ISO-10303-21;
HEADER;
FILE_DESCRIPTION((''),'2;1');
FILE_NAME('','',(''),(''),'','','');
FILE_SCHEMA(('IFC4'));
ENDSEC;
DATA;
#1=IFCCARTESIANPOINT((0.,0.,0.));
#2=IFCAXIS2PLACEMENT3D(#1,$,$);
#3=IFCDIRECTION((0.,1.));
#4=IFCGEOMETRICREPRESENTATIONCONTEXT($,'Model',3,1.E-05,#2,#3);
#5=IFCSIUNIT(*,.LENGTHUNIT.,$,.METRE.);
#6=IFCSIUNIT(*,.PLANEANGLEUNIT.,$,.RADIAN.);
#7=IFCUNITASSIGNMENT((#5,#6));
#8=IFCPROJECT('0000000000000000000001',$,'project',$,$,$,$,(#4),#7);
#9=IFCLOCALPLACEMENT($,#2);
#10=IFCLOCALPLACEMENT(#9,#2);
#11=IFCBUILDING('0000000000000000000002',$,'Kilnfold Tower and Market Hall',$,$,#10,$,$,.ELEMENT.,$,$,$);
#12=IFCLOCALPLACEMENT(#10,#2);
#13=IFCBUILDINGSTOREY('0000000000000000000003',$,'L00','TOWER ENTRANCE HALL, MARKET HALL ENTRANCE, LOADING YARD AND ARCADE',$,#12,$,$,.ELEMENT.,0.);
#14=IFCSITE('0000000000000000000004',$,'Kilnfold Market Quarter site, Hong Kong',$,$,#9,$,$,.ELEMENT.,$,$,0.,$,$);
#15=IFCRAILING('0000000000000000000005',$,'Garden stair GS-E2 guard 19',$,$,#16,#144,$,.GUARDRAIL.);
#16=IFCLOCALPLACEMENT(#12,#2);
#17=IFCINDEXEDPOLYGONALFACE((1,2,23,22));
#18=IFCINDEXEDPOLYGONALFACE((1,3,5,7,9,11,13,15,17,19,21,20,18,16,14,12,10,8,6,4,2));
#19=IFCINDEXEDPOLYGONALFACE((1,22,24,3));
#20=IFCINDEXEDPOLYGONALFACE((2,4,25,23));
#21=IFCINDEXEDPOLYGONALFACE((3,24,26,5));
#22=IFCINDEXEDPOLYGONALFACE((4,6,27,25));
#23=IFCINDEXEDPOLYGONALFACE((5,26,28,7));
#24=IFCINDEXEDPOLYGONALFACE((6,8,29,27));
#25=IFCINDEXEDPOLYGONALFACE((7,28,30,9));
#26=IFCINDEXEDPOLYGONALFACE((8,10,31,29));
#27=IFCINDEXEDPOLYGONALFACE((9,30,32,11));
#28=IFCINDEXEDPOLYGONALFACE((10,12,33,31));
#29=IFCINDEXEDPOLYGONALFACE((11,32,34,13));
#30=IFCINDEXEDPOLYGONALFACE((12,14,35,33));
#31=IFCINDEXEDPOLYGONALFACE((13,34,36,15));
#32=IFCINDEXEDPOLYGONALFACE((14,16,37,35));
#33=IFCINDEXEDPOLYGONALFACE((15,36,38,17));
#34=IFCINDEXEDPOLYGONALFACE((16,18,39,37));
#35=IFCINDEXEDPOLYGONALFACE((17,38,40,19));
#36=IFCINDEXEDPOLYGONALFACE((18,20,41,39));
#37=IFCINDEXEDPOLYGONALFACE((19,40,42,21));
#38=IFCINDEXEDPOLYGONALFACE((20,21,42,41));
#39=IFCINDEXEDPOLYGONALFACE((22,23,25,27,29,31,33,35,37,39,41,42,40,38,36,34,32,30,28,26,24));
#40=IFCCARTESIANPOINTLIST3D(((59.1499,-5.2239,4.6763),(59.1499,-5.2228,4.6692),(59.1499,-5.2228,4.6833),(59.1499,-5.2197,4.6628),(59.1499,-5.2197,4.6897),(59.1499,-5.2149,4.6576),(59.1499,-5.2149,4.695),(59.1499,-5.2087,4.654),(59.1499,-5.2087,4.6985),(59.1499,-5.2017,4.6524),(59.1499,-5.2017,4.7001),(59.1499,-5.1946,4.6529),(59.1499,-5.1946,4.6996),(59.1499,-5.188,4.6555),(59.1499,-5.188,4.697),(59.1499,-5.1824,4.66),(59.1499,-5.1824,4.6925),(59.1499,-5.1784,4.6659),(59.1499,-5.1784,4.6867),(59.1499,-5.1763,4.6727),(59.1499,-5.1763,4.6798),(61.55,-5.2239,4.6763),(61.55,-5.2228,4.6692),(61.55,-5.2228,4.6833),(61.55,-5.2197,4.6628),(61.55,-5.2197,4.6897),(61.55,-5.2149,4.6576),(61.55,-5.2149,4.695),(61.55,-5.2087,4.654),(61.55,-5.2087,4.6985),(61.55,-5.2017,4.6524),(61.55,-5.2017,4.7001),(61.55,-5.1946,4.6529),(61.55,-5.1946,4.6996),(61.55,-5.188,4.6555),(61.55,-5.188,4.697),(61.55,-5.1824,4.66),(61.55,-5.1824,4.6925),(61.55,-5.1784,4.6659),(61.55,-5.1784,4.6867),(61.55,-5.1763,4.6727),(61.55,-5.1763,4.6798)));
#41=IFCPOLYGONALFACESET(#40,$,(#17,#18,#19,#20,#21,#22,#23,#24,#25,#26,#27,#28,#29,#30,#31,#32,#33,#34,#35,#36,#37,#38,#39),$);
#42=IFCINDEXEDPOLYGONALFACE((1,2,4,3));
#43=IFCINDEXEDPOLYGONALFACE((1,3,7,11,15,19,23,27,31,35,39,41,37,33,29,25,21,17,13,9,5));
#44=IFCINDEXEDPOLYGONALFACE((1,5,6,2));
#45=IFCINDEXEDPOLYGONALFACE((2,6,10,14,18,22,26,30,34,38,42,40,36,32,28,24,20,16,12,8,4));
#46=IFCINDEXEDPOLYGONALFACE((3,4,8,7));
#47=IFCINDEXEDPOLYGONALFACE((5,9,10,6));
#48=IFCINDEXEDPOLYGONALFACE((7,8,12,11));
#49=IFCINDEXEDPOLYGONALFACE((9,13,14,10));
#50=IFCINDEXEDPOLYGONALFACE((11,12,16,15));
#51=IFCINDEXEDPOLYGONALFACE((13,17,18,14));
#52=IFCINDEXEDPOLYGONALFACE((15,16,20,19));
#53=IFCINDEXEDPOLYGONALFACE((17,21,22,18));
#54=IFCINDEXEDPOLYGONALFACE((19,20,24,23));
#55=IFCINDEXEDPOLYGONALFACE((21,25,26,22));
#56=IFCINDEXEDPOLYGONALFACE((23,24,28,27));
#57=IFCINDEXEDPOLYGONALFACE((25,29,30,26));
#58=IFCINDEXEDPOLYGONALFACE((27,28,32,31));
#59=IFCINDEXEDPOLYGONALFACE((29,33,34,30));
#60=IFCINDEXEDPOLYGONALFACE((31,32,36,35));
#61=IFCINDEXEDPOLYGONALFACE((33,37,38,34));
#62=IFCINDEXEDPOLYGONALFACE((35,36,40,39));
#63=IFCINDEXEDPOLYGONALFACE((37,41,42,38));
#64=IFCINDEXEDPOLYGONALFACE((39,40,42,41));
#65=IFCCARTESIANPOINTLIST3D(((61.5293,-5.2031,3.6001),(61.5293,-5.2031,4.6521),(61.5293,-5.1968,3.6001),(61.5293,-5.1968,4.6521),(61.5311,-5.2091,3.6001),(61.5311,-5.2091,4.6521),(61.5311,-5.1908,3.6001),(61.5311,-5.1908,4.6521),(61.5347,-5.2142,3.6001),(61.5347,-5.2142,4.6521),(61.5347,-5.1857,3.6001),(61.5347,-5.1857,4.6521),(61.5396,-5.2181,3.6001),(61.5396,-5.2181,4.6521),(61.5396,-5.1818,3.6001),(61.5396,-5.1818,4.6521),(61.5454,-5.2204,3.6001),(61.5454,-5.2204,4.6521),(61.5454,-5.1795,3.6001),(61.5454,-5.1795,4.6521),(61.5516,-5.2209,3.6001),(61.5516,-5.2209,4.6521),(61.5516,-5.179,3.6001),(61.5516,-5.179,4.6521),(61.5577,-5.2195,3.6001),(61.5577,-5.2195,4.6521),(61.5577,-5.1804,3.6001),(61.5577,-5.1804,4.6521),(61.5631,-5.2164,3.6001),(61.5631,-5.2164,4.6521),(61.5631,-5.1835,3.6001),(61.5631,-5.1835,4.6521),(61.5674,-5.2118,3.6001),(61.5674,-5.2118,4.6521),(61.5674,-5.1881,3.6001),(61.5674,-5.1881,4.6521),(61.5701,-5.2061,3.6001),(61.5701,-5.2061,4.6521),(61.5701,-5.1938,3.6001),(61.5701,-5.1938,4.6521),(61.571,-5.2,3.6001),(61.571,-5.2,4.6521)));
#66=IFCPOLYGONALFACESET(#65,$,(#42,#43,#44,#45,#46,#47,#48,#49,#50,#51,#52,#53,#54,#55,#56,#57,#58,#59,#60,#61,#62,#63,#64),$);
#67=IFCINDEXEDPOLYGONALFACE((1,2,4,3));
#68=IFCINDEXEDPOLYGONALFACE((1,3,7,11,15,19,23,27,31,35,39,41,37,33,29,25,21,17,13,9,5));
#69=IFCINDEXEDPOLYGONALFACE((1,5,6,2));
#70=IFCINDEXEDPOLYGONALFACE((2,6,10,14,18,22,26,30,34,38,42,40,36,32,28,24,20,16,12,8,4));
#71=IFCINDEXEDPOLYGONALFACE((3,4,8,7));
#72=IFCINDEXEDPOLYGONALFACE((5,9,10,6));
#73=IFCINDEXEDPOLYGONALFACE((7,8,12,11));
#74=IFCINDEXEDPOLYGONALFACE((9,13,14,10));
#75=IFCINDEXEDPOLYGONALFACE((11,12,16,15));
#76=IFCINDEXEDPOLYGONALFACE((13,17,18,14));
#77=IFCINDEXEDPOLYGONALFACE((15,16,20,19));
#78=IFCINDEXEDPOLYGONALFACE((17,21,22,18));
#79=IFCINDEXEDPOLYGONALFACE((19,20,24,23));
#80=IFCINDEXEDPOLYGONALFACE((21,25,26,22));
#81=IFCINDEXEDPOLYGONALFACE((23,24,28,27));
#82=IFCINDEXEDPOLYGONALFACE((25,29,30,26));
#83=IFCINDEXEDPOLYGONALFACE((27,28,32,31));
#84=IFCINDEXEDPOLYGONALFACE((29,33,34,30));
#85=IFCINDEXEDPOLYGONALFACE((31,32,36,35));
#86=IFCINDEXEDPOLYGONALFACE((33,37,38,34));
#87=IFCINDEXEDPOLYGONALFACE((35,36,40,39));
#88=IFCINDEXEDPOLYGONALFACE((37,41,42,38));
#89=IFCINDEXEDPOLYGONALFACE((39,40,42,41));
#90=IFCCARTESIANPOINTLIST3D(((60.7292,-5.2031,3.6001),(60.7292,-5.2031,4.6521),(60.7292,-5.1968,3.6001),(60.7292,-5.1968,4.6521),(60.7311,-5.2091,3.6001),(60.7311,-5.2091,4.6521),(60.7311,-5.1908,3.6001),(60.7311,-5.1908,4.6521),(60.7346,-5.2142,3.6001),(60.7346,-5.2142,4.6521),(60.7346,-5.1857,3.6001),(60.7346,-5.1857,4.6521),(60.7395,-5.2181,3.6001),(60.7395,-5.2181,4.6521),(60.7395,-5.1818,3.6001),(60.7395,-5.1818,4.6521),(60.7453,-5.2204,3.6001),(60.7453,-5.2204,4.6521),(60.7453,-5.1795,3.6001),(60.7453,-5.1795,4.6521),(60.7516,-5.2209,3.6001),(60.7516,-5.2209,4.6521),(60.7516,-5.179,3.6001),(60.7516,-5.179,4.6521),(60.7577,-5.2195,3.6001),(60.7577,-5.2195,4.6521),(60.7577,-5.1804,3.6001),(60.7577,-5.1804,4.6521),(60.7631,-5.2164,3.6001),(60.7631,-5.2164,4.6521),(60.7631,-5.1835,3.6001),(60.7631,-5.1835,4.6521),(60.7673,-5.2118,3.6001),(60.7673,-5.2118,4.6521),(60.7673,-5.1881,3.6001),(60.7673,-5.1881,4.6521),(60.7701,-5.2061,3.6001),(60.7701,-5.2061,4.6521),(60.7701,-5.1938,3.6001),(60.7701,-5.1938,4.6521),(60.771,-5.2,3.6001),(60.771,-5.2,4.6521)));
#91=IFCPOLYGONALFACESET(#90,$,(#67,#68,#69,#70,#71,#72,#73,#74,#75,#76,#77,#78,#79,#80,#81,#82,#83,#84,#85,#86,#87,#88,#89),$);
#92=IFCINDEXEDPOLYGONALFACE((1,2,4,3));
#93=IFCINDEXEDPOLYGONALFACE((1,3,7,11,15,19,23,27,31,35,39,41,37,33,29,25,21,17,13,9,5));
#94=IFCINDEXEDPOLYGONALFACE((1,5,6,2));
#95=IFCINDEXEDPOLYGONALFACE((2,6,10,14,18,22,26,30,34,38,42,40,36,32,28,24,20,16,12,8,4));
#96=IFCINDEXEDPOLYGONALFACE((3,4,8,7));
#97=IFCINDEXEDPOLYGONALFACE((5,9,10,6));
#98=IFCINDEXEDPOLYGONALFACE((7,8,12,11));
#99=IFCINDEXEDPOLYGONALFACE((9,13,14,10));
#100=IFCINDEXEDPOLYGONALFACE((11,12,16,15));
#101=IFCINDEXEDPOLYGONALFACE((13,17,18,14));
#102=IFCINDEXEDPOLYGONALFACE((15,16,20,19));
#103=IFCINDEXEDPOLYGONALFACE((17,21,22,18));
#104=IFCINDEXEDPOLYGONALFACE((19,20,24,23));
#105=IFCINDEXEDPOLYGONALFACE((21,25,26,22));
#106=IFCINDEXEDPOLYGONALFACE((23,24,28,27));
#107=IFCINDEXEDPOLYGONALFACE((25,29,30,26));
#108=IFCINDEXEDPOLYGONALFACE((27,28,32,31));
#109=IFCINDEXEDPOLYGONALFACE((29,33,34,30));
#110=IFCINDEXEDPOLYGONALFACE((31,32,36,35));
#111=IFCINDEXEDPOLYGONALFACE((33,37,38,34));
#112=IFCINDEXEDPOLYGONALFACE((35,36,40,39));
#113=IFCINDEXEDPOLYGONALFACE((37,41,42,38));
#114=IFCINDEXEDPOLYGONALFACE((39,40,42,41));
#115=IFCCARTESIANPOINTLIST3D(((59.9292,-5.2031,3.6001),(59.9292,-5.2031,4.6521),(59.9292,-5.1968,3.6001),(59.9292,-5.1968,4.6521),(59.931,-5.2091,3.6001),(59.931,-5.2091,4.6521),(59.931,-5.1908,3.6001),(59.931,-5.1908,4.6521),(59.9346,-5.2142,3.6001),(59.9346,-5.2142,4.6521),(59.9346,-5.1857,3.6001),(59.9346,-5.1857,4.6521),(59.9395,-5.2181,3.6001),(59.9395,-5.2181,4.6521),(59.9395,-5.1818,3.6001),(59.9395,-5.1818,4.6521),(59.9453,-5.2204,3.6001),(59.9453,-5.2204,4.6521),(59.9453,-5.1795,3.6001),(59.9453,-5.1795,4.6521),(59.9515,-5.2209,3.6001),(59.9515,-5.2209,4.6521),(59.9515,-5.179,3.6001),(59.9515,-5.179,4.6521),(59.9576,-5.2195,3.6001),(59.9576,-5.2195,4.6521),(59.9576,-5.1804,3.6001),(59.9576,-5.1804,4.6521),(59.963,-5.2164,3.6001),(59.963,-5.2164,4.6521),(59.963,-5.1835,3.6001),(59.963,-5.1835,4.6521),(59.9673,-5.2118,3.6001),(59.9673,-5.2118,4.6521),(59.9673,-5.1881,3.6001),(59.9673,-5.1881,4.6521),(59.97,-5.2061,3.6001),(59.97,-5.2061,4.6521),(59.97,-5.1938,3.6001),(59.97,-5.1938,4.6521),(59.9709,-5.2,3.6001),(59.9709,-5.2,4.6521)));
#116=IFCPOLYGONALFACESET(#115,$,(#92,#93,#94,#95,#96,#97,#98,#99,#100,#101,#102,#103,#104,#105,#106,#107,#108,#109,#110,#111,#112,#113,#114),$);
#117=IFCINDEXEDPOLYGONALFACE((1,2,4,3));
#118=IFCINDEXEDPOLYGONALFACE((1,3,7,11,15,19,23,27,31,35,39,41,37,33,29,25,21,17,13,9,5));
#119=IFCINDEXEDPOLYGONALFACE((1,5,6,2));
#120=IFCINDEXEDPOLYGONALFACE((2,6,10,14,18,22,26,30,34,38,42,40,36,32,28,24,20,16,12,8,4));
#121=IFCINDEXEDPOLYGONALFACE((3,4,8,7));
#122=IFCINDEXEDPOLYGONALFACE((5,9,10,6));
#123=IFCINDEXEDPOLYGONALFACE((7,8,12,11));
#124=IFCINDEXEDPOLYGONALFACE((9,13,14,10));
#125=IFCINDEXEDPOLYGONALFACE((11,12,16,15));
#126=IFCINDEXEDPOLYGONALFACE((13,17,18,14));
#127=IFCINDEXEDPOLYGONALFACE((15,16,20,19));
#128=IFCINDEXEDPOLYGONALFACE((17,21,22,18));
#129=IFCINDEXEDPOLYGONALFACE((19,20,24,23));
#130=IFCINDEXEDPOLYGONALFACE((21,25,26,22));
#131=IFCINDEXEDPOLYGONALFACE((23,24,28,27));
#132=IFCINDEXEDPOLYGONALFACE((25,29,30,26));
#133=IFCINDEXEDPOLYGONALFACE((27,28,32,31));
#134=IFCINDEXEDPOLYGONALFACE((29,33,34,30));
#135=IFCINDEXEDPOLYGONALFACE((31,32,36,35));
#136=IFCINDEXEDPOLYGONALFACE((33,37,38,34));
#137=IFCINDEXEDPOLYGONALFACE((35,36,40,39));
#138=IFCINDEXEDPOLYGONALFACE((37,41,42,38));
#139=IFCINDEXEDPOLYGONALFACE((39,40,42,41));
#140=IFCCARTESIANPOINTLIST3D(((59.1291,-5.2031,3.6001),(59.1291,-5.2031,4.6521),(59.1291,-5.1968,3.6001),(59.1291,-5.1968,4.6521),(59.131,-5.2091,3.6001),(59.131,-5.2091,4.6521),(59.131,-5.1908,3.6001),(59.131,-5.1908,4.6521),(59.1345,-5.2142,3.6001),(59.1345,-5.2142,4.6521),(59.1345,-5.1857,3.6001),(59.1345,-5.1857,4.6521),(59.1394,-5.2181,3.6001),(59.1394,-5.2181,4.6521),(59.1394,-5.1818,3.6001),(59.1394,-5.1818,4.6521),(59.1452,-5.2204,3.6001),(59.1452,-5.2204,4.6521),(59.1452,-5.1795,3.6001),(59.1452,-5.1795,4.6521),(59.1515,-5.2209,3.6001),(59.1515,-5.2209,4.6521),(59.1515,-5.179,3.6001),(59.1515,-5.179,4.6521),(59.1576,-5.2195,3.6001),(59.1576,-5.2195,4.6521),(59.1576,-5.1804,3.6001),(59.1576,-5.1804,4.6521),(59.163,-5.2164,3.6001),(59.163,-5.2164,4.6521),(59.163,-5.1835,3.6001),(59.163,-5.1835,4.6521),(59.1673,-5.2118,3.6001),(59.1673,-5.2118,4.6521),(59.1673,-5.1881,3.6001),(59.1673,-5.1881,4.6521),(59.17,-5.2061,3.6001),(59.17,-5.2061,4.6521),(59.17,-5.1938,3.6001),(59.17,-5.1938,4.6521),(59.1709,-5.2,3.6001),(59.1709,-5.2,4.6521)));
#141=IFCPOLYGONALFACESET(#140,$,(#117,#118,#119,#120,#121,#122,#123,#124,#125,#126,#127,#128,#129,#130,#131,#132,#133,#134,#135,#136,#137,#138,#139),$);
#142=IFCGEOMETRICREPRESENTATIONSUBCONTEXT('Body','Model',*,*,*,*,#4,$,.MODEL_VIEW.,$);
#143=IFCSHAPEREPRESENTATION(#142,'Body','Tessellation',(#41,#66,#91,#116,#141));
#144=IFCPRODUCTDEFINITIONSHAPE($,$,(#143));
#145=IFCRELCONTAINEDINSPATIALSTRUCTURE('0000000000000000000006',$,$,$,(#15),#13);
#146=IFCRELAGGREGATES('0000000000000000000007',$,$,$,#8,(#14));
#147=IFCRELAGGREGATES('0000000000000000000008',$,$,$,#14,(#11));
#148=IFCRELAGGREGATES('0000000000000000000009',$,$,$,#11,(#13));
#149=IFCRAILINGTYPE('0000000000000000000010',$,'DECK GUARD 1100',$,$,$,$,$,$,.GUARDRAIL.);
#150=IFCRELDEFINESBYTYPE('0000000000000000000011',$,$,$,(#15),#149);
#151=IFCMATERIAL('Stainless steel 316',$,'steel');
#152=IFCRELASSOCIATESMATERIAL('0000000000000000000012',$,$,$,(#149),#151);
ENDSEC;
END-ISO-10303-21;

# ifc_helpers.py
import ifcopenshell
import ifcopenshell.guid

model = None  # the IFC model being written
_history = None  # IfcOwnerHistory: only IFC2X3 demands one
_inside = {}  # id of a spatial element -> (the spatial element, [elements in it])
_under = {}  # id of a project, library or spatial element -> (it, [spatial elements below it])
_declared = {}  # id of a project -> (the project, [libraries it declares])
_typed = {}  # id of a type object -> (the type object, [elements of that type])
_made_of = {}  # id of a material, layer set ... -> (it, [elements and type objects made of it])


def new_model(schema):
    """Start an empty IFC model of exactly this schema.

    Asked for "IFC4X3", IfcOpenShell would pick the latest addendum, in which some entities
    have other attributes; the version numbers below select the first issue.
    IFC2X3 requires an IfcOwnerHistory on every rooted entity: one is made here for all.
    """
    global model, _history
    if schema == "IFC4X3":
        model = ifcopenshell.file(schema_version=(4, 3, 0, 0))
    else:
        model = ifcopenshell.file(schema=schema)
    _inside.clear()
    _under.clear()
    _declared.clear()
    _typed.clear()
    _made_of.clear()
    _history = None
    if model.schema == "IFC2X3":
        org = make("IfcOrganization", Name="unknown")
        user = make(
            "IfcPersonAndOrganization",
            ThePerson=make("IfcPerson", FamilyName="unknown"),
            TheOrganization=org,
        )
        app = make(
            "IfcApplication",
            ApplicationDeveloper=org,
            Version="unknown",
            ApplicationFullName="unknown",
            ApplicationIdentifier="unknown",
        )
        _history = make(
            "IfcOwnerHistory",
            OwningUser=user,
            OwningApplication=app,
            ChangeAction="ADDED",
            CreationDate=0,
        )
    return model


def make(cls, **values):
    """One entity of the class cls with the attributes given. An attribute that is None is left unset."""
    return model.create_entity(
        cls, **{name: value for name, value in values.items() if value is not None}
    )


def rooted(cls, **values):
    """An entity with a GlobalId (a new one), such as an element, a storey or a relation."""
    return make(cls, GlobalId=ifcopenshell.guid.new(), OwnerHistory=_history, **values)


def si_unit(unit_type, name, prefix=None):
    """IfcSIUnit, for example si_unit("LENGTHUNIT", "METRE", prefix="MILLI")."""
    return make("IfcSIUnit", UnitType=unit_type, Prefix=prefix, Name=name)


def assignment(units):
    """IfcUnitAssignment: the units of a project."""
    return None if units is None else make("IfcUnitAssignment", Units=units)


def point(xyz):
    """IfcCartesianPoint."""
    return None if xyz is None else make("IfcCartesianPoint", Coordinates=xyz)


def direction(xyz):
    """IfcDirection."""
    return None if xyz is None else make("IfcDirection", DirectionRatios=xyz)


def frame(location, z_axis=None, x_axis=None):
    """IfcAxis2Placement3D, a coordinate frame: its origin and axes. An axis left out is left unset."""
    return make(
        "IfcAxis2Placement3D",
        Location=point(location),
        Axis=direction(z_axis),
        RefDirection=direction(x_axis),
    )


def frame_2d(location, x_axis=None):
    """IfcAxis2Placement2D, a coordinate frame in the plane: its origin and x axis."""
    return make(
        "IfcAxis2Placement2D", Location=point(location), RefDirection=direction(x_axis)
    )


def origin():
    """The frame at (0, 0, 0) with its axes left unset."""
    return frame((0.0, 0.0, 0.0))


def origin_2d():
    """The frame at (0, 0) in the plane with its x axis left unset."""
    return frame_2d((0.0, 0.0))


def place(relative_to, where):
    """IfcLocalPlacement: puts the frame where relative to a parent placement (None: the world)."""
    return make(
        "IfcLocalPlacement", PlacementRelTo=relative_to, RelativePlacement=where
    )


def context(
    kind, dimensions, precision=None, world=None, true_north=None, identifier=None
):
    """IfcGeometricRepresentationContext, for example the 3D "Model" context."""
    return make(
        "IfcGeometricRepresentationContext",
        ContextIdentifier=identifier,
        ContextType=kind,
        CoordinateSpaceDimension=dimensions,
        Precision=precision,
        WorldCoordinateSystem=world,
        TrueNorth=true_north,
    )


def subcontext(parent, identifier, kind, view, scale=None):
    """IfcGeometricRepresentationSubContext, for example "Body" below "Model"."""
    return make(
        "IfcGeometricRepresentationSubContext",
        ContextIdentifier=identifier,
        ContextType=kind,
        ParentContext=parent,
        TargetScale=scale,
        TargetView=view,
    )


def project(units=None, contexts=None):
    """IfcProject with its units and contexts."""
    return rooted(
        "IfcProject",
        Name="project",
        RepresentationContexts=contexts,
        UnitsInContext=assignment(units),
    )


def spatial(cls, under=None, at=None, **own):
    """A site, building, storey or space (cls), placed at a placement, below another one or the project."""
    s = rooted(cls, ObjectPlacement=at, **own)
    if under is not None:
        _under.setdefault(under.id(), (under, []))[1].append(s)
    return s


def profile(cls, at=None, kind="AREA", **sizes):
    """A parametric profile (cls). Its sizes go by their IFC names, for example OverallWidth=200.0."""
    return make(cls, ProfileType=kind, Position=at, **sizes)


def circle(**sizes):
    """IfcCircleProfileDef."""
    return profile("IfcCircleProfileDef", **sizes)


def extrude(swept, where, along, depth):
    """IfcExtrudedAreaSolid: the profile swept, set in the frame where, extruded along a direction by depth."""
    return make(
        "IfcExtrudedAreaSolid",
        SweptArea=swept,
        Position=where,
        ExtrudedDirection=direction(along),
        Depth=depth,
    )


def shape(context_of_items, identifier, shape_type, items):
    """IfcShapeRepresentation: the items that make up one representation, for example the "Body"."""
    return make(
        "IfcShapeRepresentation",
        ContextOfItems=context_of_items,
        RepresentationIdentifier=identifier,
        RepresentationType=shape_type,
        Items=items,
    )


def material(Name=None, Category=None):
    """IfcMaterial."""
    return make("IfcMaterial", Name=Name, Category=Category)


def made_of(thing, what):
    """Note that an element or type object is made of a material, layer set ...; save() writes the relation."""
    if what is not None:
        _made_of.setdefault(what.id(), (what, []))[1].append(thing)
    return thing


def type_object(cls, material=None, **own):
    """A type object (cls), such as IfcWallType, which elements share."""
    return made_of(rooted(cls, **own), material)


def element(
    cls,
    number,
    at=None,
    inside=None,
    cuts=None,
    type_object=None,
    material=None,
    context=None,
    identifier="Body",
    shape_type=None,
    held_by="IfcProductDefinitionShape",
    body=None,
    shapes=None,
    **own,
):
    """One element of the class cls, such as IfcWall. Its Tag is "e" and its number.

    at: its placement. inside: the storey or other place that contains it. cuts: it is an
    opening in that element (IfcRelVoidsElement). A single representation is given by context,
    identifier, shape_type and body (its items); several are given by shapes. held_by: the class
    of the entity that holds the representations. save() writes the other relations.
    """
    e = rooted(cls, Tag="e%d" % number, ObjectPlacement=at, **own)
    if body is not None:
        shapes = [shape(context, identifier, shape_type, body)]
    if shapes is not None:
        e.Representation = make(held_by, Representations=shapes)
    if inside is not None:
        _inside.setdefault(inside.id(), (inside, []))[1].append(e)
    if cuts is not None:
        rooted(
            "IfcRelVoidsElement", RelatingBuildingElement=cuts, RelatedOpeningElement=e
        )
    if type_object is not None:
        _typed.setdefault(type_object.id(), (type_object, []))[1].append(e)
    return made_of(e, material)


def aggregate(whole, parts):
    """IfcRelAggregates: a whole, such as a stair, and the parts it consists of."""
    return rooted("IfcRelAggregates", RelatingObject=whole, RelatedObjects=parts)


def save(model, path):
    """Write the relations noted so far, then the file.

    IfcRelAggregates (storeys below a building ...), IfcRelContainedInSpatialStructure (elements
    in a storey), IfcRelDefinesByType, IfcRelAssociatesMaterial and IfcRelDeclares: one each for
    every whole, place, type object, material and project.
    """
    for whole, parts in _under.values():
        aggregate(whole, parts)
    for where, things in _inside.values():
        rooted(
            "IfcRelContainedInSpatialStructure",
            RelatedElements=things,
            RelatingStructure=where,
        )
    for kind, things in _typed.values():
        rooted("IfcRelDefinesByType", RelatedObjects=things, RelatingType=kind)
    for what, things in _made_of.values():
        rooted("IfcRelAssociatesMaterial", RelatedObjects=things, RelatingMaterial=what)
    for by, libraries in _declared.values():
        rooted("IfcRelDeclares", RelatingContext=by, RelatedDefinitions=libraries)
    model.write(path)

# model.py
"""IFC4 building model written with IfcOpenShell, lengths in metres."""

from ifc_helpers import new_model, si_unit, direction, frame, origin, origin_2d, place, context, subcontext, project, spatial, circle, extrude, material, type_object, element, save


model = new_model("IFC4")

# Units and contexts
model_context = context("Model", 3, precision=1e-05, world=origin(), true_north=direction((0.0, 1.0)))
body_context = subcontext(model_context, "Body", "Model", "MODEL_VIEW")
ifc_project = project(units=[si_unit("LENGTHUNIT", "METRE"), si_unit("PLANEANGLEUNIT", "RADIAN")], contexts=[model_context])

# Site, building, storey
site_placement = place(None, origin())
site = spatial("IfcSite", under=ifc_project, at=site_placement, Name="Kilnfold Market Quarter site, Hong Kong", CompositionType="ELEMENT", RefElevation=0.0)
building_placement = place(site_placement, origin())
building = spatial("IfcBuilding", under=site, at=building_placement, Name="Kilnfold Tower and Market Hall", CompositionType="ELEMENT")
storey_placement = place(building_placement, origin())
storey = spatial("IfcBuildingStorey", under=building, at=storey_placement, Name="L00", Description="TOWER ENTRANCE HALL, MARKET HALL ENTRANCE, LOADING YARD AND ARCADE", CompositionType="ELEMENT", Elevation=0.0)

# Railing
ifc_material_1 = material(Name="Stainless steel 316", Category="steel")
railing_type_1 = type_object("IfcRailingType", Name="DECK GUARD 1100", PredefinedType="GUARDRAIL", material=ifc_material_1)
railing_1_placement = place(storey_placement, frame((61.55, -5.2, 3.6001)))
element("IfcRailing", 1, at=railing_1_placement, inside=storey, type_object=railing_type_1, Name="Garden stair GS-E2 guard 19", PredefinedType="GUARDRAIL", context=body_context, shape_type="SweptSolid", body=[
    extrude(circle(Radius=0.0239, at=origin_2d()), frame((0.0, 0.0, 1.0762), z_axis=(-1.0, 0.0, 0.0), x_axis=(0.0, -1.0, 0.0)), (0.0, 0.0, 1.0), 2.4001),
    extrude(circle(Radius=0.021, at=origin_2d()), origin(), (0.0, 0.0, 1.0), 1.052),
    extrude(circle(Radius=0.021, at=origin_2d()), frame((-0.8, 0.0, 0.0)), (0.0, 0.0, 1.0), 1.052),
    extrude(circle(Radius=0.021, at=origin_2d()), frame((-1.6001, 0.0, 0.0)), (0.0, 0.0, 1.0), 1.052),
    extrude(circle(Radius=0.021, at=origin_2d()), frame((-2.4001, 0.0, 0.0)), (0.0, 0.0, 1.0), 1.052),
])

save(model, "model.ifc")
